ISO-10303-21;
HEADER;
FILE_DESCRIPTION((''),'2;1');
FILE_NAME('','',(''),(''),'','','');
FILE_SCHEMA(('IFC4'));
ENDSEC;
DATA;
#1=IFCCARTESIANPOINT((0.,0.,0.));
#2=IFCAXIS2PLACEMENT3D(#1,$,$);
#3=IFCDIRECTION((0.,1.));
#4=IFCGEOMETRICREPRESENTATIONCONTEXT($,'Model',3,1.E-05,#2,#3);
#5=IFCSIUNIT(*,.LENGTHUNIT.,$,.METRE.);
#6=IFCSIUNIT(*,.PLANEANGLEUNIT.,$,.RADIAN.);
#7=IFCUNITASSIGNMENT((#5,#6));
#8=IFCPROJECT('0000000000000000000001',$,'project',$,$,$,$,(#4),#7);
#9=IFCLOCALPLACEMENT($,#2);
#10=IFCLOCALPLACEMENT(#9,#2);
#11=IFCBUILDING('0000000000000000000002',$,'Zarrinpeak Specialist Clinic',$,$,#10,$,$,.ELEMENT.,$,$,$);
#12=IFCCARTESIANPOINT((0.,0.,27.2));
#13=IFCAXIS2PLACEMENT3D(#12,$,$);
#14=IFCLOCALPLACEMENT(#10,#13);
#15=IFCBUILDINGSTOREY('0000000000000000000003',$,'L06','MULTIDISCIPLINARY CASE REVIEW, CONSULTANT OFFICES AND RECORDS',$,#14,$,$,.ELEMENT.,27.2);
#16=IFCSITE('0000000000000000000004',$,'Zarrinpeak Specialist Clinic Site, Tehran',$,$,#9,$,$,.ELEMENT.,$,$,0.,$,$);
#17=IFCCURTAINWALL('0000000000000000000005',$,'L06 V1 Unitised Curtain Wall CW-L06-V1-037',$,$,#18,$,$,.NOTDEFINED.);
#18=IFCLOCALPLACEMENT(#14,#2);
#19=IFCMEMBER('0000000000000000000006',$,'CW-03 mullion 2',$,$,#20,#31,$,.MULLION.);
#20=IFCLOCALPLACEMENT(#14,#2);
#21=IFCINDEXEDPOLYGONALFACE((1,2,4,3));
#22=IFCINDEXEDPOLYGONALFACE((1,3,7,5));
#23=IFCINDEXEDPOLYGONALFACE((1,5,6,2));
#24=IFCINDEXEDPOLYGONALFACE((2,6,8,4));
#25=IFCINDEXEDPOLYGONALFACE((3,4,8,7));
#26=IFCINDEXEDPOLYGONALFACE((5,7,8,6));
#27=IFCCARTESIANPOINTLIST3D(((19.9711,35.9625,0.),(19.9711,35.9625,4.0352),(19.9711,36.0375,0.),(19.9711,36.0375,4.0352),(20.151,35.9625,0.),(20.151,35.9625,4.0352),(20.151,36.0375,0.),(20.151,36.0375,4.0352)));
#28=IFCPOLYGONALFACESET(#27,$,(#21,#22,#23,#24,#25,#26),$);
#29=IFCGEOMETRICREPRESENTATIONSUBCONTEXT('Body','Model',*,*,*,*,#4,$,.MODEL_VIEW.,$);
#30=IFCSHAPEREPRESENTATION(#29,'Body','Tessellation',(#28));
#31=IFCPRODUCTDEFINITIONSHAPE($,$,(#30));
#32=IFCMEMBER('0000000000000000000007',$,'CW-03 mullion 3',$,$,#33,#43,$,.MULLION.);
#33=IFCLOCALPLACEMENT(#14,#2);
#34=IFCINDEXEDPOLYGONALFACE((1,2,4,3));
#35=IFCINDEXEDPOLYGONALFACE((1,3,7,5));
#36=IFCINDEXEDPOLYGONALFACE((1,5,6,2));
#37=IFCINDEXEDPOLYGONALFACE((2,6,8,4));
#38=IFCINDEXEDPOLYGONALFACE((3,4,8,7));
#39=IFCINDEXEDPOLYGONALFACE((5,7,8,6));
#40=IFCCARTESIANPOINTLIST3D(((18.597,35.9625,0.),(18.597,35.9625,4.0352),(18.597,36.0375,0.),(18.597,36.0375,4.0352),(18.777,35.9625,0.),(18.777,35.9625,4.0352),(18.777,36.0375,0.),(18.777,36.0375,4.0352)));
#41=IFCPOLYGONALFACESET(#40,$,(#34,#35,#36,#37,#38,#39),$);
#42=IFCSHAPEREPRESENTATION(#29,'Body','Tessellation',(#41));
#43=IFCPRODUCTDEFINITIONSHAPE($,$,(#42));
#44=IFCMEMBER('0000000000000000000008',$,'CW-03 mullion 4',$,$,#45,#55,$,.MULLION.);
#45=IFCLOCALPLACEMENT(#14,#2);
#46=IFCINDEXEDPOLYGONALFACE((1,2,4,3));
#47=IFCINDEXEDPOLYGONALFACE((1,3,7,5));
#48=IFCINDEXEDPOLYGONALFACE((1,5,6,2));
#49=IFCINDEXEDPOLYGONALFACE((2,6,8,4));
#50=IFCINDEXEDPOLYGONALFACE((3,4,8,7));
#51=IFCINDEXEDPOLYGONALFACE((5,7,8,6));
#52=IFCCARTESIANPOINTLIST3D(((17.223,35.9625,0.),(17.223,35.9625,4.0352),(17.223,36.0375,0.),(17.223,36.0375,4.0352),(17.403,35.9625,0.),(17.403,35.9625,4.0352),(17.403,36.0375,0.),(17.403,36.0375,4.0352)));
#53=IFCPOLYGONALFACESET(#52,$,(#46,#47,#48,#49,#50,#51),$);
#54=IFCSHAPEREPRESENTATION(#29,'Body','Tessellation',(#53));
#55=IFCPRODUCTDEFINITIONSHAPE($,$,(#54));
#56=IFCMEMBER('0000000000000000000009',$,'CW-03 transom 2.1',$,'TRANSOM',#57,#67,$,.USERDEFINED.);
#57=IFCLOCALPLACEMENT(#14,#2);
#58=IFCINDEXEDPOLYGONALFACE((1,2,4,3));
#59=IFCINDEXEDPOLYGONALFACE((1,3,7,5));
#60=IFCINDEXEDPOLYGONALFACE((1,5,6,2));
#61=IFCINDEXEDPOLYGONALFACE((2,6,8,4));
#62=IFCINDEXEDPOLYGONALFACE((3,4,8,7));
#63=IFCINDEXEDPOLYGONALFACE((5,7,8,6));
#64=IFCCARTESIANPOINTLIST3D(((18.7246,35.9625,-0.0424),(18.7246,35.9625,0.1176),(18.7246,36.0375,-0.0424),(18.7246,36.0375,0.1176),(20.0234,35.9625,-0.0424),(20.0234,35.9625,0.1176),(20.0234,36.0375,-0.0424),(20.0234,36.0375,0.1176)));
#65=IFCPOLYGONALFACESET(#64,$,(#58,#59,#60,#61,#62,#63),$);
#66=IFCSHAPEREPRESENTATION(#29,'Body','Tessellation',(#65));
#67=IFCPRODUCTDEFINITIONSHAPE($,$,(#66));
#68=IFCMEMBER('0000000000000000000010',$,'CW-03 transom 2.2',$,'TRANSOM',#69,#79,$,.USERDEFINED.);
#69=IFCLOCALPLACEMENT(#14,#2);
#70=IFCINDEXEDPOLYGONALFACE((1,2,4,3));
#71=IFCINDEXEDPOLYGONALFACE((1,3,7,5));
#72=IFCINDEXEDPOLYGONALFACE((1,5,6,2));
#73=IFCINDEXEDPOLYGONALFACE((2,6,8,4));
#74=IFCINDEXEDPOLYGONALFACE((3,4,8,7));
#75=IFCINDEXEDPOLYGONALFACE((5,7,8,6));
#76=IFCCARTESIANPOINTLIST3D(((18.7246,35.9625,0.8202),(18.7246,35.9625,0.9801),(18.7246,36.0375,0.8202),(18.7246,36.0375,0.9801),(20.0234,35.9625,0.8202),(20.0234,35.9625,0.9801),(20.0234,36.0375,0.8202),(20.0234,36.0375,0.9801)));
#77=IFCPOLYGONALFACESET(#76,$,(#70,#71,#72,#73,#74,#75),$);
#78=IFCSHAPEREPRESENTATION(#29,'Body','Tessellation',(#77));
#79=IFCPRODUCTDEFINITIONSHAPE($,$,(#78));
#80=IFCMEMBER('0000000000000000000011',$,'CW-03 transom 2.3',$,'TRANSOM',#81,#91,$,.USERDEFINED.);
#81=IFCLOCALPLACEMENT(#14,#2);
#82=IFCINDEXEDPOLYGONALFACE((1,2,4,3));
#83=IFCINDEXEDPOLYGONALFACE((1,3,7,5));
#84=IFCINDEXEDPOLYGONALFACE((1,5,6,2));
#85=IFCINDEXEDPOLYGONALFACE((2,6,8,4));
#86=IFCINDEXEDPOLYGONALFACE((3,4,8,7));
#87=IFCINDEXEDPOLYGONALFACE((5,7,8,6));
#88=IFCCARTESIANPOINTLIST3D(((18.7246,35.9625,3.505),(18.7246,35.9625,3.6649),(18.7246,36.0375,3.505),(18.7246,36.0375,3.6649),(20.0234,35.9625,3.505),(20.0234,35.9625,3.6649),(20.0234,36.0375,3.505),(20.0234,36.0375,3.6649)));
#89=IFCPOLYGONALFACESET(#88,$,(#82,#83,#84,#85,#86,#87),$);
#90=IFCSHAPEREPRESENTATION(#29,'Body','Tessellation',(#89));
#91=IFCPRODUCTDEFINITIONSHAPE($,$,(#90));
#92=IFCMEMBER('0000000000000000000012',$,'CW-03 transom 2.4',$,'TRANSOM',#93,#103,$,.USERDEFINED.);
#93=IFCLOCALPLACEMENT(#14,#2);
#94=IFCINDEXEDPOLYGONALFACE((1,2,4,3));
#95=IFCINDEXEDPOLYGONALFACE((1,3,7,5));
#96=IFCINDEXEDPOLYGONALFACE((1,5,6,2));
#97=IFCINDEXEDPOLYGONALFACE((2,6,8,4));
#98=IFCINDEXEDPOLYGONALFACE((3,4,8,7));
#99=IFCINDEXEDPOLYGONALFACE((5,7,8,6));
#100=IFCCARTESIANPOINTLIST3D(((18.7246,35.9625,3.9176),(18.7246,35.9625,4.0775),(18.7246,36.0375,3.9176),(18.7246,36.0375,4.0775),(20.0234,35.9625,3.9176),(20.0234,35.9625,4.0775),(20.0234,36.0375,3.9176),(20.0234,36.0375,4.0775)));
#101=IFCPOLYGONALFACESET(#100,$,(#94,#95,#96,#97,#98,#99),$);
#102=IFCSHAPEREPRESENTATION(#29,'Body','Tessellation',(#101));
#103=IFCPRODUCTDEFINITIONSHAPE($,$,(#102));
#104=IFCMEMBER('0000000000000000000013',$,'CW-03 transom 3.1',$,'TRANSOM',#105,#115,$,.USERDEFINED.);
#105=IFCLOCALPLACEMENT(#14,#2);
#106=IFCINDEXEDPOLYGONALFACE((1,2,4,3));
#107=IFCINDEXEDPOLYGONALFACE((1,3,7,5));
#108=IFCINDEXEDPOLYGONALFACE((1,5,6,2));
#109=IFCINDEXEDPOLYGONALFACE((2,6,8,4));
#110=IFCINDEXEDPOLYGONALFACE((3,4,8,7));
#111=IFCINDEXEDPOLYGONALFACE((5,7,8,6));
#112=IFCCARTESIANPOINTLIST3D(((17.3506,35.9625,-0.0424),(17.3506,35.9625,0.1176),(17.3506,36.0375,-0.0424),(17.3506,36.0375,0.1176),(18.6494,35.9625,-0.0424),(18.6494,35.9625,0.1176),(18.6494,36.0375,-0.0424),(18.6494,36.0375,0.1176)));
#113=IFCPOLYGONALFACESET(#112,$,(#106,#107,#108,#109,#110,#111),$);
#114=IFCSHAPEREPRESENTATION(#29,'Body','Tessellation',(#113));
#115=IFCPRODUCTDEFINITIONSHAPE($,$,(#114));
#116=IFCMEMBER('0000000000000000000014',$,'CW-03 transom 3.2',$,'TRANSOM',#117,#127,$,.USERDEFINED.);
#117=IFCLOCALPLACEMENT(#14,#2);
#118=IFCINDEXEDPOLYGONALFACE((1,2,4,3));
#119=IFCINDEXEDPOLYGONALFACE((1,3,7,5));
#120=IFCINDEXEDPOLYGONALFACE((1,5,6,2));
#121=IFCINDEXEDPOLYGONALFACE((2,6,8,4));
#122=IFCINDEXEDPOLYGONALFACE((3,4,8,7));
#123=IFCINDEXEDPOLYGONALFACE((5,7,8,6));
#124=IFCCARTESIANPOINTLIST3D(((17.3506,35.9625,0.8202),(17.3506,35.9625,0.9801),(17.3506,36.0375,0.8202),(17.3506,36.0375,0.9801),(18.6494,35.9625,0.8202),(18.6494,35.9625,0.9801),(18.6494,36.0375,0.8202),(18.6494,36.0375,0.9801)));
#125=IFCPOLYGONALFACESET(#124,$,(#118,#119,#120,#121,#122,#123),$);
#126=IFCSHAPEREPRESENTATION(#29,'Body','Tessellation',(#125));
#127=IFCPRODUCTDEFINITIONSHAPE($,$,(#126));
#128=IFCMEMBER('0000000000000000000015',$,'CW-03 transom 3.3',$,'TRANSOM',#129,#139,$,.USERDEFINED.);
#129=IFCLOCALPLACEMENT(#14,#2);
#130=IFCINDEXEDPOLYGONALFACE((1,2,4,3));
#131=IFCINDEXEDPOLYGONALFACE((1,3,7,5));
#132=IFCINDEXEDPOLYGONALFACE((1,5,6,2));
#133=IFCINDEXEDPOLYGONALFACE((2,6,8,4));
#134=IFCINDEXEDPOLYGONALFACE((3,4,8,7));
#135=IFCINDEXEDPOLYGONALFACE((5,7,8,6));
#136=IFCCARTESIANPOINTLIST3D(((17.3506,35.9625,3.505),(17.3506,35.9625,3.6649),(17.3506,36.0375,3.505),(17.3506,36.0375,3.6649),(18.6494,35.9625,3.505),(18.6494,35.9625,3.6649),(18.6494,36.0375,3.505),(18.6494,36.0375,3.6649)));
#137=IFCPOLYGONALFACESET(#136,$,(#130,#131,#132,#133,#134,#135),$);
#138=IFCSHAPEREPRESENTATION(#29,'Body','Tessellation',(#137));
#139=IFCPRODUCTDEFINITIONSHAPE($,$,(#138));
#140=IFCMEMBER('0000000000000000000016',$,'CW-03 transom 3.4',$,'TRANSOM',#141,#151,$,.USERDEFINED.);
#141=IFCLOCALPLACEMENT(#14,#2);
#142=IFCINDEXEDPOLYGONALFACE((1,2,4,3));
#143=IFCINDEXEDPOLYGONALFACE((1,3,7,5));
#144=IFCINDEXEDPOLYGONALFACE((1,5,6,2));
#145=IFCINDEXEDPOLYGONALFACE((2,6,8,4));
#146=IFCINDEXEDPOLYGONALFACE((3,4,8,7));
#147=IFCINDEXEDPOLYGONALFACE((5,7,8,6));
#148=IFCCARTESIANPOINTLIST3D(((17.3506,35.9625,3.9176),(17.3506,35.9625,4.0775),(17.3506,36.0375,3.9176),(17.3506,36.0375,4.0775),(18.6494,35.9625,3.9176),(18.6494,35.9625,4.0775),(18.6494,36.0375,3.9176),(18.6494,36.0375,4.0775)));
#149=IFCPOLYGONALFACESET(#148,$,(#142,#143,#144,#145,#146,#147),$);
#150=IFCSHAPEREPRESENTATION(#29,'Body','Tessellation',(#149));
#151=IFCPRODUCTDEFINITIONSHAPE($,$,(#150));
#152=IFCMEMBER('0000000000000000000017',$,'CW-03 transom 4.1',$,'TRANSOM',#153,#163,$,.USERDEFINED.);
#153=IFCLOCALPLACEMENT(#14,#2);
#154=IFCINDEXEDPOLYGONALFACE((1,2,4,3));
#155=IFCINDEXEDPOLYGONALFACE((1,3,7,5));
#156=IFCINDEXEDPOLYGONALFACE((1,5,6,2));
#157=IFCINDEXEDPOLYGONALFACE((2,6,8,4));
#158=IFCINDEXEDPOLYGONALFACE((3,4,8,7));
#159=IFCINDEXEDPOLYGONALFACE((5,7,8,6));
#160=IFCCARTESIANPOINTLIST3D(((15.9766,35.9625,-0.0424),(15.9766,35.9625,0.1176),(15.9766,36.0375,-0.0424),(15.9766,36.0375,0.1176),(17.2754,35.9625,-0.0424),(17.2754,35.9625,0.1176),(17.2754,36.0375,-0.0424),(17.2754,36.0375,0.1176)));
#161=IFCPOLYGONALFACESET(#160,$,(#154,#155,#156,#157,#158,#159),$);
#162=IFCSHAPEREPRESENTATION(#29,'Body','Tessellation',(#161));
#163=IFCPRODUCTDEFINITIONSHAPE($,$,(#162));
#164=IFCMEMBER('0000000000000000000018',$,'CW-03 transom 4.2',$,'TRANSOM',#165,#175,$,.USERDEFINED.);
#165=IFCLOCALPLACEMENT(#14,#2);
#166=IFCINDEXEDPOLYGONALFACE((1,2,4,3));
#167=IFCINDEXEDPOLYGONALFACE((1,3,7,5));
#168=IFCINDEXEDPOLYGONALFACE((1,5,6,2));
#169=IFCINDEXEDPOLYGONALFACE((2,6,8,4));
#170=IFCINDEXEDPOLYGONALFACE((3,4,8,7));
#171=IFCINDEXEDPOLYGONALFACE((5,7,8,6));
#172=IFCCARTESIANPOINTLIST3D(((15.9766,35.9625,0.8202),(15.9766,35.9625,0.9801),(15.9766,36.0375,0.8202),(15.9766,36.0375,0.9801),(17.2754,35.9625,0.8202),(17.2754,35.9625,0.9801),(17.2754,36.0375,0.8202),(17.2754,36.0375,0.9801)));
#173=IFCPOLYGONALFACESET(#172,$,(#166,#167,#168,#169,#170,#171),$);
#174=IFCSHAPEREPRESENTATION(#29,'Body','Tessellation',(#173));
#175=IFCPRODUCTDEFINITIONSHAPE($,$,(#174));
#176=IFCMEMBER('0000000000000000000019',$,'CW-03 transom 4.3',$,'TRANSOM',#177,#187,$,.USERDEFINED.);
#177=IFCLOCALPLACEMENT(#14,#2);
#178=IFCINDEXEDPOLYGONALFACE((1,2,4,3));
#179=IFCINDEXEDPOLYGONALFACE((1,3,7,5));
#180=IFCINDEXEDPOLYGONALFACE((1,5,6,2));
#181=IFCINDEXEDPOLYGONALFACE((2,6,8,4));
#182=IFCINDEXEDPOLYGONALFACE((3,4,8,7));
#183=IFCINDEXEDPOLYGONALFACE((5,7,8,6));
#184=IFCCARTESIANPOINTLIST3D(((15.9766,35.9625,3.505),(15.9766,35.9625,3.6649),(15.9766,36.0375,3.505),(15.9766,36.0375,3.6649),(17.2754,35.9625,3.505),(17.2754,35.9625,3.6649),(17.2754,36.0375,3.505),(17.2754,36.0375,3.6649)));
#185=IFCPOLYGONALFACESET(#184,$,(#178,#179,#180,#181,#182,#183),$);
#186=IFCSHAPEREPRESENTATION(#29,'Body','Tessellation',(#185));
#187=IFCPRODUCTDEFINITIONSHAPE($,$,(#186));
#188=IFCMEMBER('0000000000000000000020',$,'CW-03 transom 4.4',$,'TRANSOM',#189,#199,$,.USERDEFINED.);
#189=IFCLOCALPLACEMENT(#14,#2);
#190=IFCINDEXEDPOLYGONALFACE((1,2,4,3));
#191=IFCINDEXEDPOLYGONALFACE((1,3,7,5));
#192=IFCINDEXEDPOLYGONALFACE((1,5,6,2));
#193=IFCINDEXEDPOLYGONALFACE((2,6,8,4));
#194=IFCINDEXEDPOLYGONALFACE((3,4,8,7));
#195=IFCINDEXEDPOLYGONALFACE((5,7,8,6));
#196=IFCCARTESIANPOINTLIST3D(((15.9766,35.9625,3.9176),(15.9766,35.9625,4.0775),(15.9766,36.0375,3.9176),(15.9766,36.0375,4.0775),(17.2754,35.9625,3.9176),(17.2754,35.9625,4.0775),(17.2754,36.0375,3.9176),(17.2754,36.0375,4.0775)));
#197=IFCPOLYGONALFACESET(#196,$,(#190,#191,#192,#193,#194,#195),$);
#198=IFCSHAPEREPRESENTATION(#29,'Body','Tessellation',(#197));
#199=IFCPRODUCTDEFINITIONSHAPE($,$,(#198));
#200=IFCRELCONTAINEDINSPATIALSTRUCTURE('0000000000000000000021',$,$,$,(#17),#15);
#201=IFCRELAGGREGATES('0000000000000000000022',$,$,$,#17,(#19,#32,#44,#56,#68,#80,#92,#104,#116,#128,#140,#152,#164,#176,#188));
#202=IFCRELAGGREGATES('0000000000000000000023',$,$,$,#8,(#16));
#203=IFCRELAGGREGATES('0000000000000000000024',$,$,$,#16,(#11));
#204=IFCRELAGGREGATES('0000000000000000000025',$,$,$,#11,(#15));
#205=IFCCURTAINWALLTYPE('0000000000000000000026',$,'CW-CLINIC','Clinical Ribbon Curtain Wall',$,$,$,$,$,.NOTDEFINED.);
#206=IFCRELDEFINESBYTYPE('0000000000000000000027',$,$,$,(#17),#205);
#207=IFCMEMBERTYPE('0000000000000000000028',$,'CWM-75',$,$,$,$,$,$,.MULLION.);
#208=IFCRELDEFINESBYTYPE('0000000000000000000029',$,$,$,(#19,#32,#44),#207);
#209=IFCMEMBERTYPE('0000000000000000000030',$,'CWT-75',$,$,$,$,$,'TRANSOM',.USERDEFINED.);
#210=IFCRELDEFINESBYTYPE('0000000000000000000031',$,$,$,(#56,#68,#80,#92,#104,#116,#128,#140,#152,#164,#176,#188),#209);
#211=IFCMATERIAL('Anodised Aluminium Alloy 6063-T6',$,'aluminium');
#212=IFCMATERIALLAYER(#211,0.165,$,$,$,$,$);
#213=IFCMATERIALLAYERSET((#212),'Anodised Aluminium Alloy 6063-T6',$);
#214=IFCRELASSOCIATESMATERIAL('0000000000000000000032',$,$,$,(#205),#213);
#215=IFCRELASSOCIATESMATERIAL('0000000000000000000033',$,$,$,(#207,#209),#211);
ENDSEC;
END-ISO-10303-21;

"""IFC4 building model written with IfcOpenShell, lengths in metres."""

from ifc_helpers import new_model, si_unit, direction, frame, origin, origin_2d, place, context, subcontext, project, spatial, rectangle, extrude, material, layer, layer_set, material_profile, profile_set, type_object, element, aggregate, save


model = new_model("IFC4")

# Units and contexts
model_context = context("Model", 3, precision=1e-05, world=origin(), true_north=direction((0.0, 1.0)))
body_context = subcontext(model_context, "Body", "Model", "MODEL_VIEW")
ifc_project = project(units=[si_unit("LENGTHUNIT", "METRE"), si_unit("PLANEANGLEUNIT", "RADIAN")], contexts=[model_context])

# Site, building, storey
site_placement = place(None, origin())
site = spatial("IfcSite", under=ifc_project, at=site_placement, Name="Zarrinpeak Specialist Clinic Site, Tehran", CompositionType="ELEMENT", RefElevation=0.0)
building_placement = place(site_placement, origin())
building = spatial("IfcBuilding", under=site, at=building_placement, Name="Zarrinpeak Specialist Clinic", CompositionType="ELEMENT")
storey_placement = place(building_placement, frame((0.0, 0.0, 27.2)))
storey = spatial("IfcBuildingStorey", under=building, at=storey_placement, Name="L06", Description="MULTIDISCIPLINARY CASE REVIEW, CONSULTANT OFFICES AND RECORDS", CompositionType="ELEMENT", Elevation=27.2)

# Curtain wall, members
ifc_material_1 = material(Name="Anodised Aluminium Alloy 6063-T6", Category="aluminium")
ifc_layer_1 = layer(ifc_material_1, 0.165)
ifc_layer_set_1 = layer_set([ifc_layer_1], Name="Anodised Aluminium Alloy 6063-T6")
curtain_wall_type = type_object("IfcCurtainWallType", Name="CW-CLINIC", Description="Clinical Ribbon Curtain Wall", PredefinedType="NOTDEFINED", material=ifc_layer_set_1)
curtain_wall_placement = place(storey_placement, origin())
curtain_wall = element("IfcCurtainWall", 1, at=curtain_wall_placement, inside=storey, type_object=curtain_wall_type, Name="L06 V1 Unitised Curtain Wall CW-L06-V1-037", PredefinedType="NOTDEFINED")
ifc_material_profile_1 = material_profile(ifc_material_1, rectangle(XDim=0.075, YDim=0.1799, at=origin_2d()), Name="ALU 75x180")
ifc_profile_set_1 = profile_set([ifc_material_profile_1], Name="Anodised Aluminium Alloy 6063-T6")
member_type_1 = type_object("IfcMemberType", Name="CWM-75", PredefinedType="MULLION", material=ifc_profile_set_1)
member_1_placement = place(storey_placement, frame((20.061, 36.0, 0.0), z_axis=(0.0, 0.0, 1.0), x_axis=(0.0, -1.0, 0.0)))
member_1 = element("IfcMember", 2, at=member_1_placement, type_object=member_type_1, Name="CW-03 mullion 2", PredefinedType="MULLION", context=body_context, shape_type="SweptSolid", body=[
    extrude(rectangle(XDim=0.075, YDim=0.1799, at=origin_2d()), origin(), (0.0, 0.0, 1.0), 4.0352),
])
member_2_placement = place(storey_placement, frame((18.687, 36.0, 0.0), z_axis=(0.0, 0.0, 1.0), x_axis=(0.0, -1.0, 0.0)))
member_2 = element("IfcMember", 3, at=member_2_placement, type_object=member_type_1, Name="CW-03 mullion 3", PredefinedType="MULLION", context=body_context, shape_type="SweptSolid", body=[
    extrude(rectangle(XDim=0.075, YDim=0.1799, at=origin_2d()), origin(), (0.0, 0.0, 1.0), 4.0352),
])
member_3_placement = place(storey_placement, frame((17.313, 36.0, 0.0), z_axis=(0.0, 0.0, 1.0), x_axis=(0.0, -1.0, 0.0)))
member_3 = element("IfcMember", 4, at=member_3_placement, type_object=member_type_1, Name="CW-03 mullion 4", PredefinedType="MULLION", context=body_context, shape_type="SweptSolid", body=[
    extrude(rectangle(XDim=0.075, YDim=0.1799, at=origin_2d()), origin(), (0.0, 0.0, 1.0), 4.0352),
])
ifc_material_profile_2 = material_profile(ifc_material_1, rectangle(XDim=0.075, YDim=0.1599, at=origin_2d()), Name="ALU 75x160")
ifc_profile_set_2 = profile_set([ifc_material_profile_2], Name="Anodised Aluminium Alloy 6063-T6")
member_type_2 = type_object("IfcMemberType", Name="CWT-75", ElementType="TRANSOM", PredefinedType="USERDEFINED", material=ifc_profile_set_2)
member_4_placement = place(storey_placement, frame((20.0234, 36.0, 0.0376), z_axis=(-1.0, 0.0, 0.0), x_axis=(0.0, -1.0, 0.0)))
member_4 = element("IfcMember", 5, at=member_4_placement, type_object=member_type_2, Name="CW-03 transom 2.1", ObjectType="TRANSOM", PredefinedType="USERDEFINED", context=body_context, shape_type="SweptSolid", body=[
    extrude(rectangle(XDim=0.075, YDim=0.1599, at=origin_2d()), origin(), (0.0, 0.0, 1.0), 1.2988),
])
member_5_placement = place(storey_placement, frame((20.0234, 36.0, 0.9001), z_axis=(-1.0, 0.0, 0.0), x_axis=(0.0, -1.0, 0.0)))
member_5 = element("IfcMember", 6, at=member_5_placement, type_object=member_type_2, Name="CW-03 transom 2.2", ObjectType="TRANSOM", PredefinedType="USERDEFINED", context=body_context, shape_type="SweptSolid", body=[
    extrude(rectangle(XDim=0.075, YDim=0.1599, at=origin_2d()), origin(), (0.0, 0.0, 1.0), 1.2988),
])
member_6_placement = place(storey_placement, frame((20.0234, 36.0, 3.585), z_axis=(-1.0, 0.0, 0.0), x_axis=(0.0, -1.0, 0.0)))
member_6 = element("IfcMember", 7, at=member_6_placement, type_object=member_type_2, Name="CW-03 transom 2.3", ObjectType="TRANSOM", PredefinedType="USERDEFINED", context=body_context, shape_type="SweptSolid", body=[
    extrude(rectangle(XDim=0.075, YDim=0.1599, at=origin_2d()), origin(), (0.0, 0.0, 1.0), 1.2988),
])
member_7_placement = place(storey_placement, frame((20.0234, 36.0, 3.9976), z_axis=(-1.0, 0.0, 0.0), x_axis=(0.0, -1.0, 0.0)))
member_7 = element("IfcMember", 8, at=member_7_placement, type_object=member_type_2, Name="CW-03 transom 2.4", ObjectType="TRANSOM", PredefinedType="USERDEFINED", context=body_context, shape_type="SweptSolid", body=[
    extrude(rectangle(XDim=0.075, YDim=0.1599, at=origin_2d()), origin(), (0.0, 0.0, 1.0), 1.2988),
])
member_8_placement = place(storey_placement, frame((18.6494, 36.0, 0.0376), z_axis=(-1.0, 0.0, 0.0), x_axis=(0.0, -1.0, 0.0)))
member_8 = element("IfcMember", 9, at=member_8_placement, type_object=member_type_2, Name="CW-03 transom 3.1", ObjectType="TRANSOM", PredefinedType="USERDEFINED", context=body_context, shape_type="SweptSolid", body=[
    extrude(rectangle(XDim=0.075, YDim=0.1599, at=origin_2d()), origin(), (0.0, 0.0, 1.0), 1.2988),
])
member_9_placement = place(storey_placement, frame((18.6494, 36.0, 0.9001), z_axis=(-1.0, 0.0, 0.0), x_axis=(0.0, -1.0, 0.0)))
member_9 = element("IfcMember", 10, at=member_9_placement, type_object=member_type_2, Name="CW-03 transom 3.2", ObjectType="TRANSOM", PredefinedType="USERDEFINED", context=body_context, shape_type="SweptSolid", body=[
    extrude(rectangle(XDim=0.075, YDim=0.1599, at=origin_2d()), origin(), (0.0, 0.0, 1.0), 1.2988),
])
member_10_placement = place(storey_placement, frame((18.6494, 36.0, 3.585), z_axis=(-1.0, 0.0, 0.0), x_axis=(0.0, -1.0, 0.0)))
member_10 = element("IfcMember", 11, at=member_10_placement, type_object=member_type_2, Name="CW-03 transom 3.3", ObjectType="TRANSOM", PredefinedType="USERDEFINED", context=body_context, shape_type="SweptSolid", body=[
    extrude(rectangle(XDim=0.075, YDim=0.1599, at=origin_2d()), origin(), (0.0, 0.0, 1.0), 1.2988),
])
member_11_placement = place(storey_placement, frame((18.6494, 36.0, 3.9976), z_axis=(-1.0, 0.0, 0.0), x_axis=(0.0, -1.0, 0.0)))
member_11 = element("IfcMember", 12, at=member_11_placement, type_object=member_type_2, Name="CW-03 transom 3.4", ObjectType="TRANSOM", PredefinedType="USERDEFINED", context=body_context, shape_type="SweptSolid", body=[
    extrude(rectangle(XDim=0.075, YDim=0.1599, at=origin_2d()), origin(), (0.0, 0.0, 1.0), 1.2988),
])
member_12_placement = place(storey_placement, frame((17.2754, 36.0, 0.0376), z_axis=(-1.0, 0.0, 0.0), x_axis=(0.0, -1.0, 0.0)))
member_12 = element("IfcMember", 13, at=member_12_placement, type_object=member_type_2, Name="CW-03 transom 4.1", ObjectType="TRANSOM", PredefinedType="USERDEFINED", context=body_context, shape_type="SweptSolid", body=[
    extrude(rectangle(XDim=0.075, YDim=0.1599, at=origin_2d()), origin(), (0.0, 0.0, 1.0), 1.2988),
])
member_13_placement = place(storey_placement, frame((17.2754, 36.0, 0.9001), z_axis=(-1.0, 0.0, 0.0), x_axis=(0.0, -1.0, 0.0)))
member_13 = element("IfcMember", 14, at=member_13_placement, type_object=member_type_2, Name="CW-03 transom 4.2", ObjectType="TRANSOM", PredefinedType="USERDEFINED", context=body_context, shape_type="SweptSolid", body=[
    extrude(rectangle(XDim=0.075, YDim=0.1599, at=origin_2d()), origin(), (0.0, 0.0, 1.0), 1.2988),
])
member_14_placement = place(storey_placement, frame((17.2754, 36.0, 3.585), z_axis=(-1.0, 0.0, 0.0), x_axis=(0.0, -1.0, 0.0)))
member_14 = element("IfcMember", 15, at=member_14_placement, type_object=member_type_2, Name="CW-03 transom 4.3", ObjectType="TRANSOM", PredefinedType="USERDEFINED", context=body_context, shape_type="SweptSolid", body=[
    extrude(rectangle(XDim=0.075, YDim=0.1599, at=origin_2d()), origin(), (0.0, 0.0, 1.0), 1.2988),
])
member_15_placement = place(storey_placement, frame((17.2754, 36.0, 3.9976), z_axis=(-1.0, 0.0, 0.0), x_axis=(0.0, -1.0, 0.0)))
member_15 = element("IfcMember", 16, at=member_15_placement, type_object=member_type_2, Name="CW-03 transom 4.4", ObjectType="TRANSOM", PredefinedType="USERDEFINED", context=body_context, shape_type="SweptSolid", body=[
    extrude(rectangle(XDim=0.075, YDim=0.1599, at=origin_2d()), origin(), (0.0, 0.0, 1.0), 1.2988),
])
aggregate(curtain_wall, [member_1, member_2, member_3, member_4, member_5, member_6, member_7, member_8, member_9, member_10, member_11, member_12, member_13, member_14, member_15])

save(model, "model.ifc")
